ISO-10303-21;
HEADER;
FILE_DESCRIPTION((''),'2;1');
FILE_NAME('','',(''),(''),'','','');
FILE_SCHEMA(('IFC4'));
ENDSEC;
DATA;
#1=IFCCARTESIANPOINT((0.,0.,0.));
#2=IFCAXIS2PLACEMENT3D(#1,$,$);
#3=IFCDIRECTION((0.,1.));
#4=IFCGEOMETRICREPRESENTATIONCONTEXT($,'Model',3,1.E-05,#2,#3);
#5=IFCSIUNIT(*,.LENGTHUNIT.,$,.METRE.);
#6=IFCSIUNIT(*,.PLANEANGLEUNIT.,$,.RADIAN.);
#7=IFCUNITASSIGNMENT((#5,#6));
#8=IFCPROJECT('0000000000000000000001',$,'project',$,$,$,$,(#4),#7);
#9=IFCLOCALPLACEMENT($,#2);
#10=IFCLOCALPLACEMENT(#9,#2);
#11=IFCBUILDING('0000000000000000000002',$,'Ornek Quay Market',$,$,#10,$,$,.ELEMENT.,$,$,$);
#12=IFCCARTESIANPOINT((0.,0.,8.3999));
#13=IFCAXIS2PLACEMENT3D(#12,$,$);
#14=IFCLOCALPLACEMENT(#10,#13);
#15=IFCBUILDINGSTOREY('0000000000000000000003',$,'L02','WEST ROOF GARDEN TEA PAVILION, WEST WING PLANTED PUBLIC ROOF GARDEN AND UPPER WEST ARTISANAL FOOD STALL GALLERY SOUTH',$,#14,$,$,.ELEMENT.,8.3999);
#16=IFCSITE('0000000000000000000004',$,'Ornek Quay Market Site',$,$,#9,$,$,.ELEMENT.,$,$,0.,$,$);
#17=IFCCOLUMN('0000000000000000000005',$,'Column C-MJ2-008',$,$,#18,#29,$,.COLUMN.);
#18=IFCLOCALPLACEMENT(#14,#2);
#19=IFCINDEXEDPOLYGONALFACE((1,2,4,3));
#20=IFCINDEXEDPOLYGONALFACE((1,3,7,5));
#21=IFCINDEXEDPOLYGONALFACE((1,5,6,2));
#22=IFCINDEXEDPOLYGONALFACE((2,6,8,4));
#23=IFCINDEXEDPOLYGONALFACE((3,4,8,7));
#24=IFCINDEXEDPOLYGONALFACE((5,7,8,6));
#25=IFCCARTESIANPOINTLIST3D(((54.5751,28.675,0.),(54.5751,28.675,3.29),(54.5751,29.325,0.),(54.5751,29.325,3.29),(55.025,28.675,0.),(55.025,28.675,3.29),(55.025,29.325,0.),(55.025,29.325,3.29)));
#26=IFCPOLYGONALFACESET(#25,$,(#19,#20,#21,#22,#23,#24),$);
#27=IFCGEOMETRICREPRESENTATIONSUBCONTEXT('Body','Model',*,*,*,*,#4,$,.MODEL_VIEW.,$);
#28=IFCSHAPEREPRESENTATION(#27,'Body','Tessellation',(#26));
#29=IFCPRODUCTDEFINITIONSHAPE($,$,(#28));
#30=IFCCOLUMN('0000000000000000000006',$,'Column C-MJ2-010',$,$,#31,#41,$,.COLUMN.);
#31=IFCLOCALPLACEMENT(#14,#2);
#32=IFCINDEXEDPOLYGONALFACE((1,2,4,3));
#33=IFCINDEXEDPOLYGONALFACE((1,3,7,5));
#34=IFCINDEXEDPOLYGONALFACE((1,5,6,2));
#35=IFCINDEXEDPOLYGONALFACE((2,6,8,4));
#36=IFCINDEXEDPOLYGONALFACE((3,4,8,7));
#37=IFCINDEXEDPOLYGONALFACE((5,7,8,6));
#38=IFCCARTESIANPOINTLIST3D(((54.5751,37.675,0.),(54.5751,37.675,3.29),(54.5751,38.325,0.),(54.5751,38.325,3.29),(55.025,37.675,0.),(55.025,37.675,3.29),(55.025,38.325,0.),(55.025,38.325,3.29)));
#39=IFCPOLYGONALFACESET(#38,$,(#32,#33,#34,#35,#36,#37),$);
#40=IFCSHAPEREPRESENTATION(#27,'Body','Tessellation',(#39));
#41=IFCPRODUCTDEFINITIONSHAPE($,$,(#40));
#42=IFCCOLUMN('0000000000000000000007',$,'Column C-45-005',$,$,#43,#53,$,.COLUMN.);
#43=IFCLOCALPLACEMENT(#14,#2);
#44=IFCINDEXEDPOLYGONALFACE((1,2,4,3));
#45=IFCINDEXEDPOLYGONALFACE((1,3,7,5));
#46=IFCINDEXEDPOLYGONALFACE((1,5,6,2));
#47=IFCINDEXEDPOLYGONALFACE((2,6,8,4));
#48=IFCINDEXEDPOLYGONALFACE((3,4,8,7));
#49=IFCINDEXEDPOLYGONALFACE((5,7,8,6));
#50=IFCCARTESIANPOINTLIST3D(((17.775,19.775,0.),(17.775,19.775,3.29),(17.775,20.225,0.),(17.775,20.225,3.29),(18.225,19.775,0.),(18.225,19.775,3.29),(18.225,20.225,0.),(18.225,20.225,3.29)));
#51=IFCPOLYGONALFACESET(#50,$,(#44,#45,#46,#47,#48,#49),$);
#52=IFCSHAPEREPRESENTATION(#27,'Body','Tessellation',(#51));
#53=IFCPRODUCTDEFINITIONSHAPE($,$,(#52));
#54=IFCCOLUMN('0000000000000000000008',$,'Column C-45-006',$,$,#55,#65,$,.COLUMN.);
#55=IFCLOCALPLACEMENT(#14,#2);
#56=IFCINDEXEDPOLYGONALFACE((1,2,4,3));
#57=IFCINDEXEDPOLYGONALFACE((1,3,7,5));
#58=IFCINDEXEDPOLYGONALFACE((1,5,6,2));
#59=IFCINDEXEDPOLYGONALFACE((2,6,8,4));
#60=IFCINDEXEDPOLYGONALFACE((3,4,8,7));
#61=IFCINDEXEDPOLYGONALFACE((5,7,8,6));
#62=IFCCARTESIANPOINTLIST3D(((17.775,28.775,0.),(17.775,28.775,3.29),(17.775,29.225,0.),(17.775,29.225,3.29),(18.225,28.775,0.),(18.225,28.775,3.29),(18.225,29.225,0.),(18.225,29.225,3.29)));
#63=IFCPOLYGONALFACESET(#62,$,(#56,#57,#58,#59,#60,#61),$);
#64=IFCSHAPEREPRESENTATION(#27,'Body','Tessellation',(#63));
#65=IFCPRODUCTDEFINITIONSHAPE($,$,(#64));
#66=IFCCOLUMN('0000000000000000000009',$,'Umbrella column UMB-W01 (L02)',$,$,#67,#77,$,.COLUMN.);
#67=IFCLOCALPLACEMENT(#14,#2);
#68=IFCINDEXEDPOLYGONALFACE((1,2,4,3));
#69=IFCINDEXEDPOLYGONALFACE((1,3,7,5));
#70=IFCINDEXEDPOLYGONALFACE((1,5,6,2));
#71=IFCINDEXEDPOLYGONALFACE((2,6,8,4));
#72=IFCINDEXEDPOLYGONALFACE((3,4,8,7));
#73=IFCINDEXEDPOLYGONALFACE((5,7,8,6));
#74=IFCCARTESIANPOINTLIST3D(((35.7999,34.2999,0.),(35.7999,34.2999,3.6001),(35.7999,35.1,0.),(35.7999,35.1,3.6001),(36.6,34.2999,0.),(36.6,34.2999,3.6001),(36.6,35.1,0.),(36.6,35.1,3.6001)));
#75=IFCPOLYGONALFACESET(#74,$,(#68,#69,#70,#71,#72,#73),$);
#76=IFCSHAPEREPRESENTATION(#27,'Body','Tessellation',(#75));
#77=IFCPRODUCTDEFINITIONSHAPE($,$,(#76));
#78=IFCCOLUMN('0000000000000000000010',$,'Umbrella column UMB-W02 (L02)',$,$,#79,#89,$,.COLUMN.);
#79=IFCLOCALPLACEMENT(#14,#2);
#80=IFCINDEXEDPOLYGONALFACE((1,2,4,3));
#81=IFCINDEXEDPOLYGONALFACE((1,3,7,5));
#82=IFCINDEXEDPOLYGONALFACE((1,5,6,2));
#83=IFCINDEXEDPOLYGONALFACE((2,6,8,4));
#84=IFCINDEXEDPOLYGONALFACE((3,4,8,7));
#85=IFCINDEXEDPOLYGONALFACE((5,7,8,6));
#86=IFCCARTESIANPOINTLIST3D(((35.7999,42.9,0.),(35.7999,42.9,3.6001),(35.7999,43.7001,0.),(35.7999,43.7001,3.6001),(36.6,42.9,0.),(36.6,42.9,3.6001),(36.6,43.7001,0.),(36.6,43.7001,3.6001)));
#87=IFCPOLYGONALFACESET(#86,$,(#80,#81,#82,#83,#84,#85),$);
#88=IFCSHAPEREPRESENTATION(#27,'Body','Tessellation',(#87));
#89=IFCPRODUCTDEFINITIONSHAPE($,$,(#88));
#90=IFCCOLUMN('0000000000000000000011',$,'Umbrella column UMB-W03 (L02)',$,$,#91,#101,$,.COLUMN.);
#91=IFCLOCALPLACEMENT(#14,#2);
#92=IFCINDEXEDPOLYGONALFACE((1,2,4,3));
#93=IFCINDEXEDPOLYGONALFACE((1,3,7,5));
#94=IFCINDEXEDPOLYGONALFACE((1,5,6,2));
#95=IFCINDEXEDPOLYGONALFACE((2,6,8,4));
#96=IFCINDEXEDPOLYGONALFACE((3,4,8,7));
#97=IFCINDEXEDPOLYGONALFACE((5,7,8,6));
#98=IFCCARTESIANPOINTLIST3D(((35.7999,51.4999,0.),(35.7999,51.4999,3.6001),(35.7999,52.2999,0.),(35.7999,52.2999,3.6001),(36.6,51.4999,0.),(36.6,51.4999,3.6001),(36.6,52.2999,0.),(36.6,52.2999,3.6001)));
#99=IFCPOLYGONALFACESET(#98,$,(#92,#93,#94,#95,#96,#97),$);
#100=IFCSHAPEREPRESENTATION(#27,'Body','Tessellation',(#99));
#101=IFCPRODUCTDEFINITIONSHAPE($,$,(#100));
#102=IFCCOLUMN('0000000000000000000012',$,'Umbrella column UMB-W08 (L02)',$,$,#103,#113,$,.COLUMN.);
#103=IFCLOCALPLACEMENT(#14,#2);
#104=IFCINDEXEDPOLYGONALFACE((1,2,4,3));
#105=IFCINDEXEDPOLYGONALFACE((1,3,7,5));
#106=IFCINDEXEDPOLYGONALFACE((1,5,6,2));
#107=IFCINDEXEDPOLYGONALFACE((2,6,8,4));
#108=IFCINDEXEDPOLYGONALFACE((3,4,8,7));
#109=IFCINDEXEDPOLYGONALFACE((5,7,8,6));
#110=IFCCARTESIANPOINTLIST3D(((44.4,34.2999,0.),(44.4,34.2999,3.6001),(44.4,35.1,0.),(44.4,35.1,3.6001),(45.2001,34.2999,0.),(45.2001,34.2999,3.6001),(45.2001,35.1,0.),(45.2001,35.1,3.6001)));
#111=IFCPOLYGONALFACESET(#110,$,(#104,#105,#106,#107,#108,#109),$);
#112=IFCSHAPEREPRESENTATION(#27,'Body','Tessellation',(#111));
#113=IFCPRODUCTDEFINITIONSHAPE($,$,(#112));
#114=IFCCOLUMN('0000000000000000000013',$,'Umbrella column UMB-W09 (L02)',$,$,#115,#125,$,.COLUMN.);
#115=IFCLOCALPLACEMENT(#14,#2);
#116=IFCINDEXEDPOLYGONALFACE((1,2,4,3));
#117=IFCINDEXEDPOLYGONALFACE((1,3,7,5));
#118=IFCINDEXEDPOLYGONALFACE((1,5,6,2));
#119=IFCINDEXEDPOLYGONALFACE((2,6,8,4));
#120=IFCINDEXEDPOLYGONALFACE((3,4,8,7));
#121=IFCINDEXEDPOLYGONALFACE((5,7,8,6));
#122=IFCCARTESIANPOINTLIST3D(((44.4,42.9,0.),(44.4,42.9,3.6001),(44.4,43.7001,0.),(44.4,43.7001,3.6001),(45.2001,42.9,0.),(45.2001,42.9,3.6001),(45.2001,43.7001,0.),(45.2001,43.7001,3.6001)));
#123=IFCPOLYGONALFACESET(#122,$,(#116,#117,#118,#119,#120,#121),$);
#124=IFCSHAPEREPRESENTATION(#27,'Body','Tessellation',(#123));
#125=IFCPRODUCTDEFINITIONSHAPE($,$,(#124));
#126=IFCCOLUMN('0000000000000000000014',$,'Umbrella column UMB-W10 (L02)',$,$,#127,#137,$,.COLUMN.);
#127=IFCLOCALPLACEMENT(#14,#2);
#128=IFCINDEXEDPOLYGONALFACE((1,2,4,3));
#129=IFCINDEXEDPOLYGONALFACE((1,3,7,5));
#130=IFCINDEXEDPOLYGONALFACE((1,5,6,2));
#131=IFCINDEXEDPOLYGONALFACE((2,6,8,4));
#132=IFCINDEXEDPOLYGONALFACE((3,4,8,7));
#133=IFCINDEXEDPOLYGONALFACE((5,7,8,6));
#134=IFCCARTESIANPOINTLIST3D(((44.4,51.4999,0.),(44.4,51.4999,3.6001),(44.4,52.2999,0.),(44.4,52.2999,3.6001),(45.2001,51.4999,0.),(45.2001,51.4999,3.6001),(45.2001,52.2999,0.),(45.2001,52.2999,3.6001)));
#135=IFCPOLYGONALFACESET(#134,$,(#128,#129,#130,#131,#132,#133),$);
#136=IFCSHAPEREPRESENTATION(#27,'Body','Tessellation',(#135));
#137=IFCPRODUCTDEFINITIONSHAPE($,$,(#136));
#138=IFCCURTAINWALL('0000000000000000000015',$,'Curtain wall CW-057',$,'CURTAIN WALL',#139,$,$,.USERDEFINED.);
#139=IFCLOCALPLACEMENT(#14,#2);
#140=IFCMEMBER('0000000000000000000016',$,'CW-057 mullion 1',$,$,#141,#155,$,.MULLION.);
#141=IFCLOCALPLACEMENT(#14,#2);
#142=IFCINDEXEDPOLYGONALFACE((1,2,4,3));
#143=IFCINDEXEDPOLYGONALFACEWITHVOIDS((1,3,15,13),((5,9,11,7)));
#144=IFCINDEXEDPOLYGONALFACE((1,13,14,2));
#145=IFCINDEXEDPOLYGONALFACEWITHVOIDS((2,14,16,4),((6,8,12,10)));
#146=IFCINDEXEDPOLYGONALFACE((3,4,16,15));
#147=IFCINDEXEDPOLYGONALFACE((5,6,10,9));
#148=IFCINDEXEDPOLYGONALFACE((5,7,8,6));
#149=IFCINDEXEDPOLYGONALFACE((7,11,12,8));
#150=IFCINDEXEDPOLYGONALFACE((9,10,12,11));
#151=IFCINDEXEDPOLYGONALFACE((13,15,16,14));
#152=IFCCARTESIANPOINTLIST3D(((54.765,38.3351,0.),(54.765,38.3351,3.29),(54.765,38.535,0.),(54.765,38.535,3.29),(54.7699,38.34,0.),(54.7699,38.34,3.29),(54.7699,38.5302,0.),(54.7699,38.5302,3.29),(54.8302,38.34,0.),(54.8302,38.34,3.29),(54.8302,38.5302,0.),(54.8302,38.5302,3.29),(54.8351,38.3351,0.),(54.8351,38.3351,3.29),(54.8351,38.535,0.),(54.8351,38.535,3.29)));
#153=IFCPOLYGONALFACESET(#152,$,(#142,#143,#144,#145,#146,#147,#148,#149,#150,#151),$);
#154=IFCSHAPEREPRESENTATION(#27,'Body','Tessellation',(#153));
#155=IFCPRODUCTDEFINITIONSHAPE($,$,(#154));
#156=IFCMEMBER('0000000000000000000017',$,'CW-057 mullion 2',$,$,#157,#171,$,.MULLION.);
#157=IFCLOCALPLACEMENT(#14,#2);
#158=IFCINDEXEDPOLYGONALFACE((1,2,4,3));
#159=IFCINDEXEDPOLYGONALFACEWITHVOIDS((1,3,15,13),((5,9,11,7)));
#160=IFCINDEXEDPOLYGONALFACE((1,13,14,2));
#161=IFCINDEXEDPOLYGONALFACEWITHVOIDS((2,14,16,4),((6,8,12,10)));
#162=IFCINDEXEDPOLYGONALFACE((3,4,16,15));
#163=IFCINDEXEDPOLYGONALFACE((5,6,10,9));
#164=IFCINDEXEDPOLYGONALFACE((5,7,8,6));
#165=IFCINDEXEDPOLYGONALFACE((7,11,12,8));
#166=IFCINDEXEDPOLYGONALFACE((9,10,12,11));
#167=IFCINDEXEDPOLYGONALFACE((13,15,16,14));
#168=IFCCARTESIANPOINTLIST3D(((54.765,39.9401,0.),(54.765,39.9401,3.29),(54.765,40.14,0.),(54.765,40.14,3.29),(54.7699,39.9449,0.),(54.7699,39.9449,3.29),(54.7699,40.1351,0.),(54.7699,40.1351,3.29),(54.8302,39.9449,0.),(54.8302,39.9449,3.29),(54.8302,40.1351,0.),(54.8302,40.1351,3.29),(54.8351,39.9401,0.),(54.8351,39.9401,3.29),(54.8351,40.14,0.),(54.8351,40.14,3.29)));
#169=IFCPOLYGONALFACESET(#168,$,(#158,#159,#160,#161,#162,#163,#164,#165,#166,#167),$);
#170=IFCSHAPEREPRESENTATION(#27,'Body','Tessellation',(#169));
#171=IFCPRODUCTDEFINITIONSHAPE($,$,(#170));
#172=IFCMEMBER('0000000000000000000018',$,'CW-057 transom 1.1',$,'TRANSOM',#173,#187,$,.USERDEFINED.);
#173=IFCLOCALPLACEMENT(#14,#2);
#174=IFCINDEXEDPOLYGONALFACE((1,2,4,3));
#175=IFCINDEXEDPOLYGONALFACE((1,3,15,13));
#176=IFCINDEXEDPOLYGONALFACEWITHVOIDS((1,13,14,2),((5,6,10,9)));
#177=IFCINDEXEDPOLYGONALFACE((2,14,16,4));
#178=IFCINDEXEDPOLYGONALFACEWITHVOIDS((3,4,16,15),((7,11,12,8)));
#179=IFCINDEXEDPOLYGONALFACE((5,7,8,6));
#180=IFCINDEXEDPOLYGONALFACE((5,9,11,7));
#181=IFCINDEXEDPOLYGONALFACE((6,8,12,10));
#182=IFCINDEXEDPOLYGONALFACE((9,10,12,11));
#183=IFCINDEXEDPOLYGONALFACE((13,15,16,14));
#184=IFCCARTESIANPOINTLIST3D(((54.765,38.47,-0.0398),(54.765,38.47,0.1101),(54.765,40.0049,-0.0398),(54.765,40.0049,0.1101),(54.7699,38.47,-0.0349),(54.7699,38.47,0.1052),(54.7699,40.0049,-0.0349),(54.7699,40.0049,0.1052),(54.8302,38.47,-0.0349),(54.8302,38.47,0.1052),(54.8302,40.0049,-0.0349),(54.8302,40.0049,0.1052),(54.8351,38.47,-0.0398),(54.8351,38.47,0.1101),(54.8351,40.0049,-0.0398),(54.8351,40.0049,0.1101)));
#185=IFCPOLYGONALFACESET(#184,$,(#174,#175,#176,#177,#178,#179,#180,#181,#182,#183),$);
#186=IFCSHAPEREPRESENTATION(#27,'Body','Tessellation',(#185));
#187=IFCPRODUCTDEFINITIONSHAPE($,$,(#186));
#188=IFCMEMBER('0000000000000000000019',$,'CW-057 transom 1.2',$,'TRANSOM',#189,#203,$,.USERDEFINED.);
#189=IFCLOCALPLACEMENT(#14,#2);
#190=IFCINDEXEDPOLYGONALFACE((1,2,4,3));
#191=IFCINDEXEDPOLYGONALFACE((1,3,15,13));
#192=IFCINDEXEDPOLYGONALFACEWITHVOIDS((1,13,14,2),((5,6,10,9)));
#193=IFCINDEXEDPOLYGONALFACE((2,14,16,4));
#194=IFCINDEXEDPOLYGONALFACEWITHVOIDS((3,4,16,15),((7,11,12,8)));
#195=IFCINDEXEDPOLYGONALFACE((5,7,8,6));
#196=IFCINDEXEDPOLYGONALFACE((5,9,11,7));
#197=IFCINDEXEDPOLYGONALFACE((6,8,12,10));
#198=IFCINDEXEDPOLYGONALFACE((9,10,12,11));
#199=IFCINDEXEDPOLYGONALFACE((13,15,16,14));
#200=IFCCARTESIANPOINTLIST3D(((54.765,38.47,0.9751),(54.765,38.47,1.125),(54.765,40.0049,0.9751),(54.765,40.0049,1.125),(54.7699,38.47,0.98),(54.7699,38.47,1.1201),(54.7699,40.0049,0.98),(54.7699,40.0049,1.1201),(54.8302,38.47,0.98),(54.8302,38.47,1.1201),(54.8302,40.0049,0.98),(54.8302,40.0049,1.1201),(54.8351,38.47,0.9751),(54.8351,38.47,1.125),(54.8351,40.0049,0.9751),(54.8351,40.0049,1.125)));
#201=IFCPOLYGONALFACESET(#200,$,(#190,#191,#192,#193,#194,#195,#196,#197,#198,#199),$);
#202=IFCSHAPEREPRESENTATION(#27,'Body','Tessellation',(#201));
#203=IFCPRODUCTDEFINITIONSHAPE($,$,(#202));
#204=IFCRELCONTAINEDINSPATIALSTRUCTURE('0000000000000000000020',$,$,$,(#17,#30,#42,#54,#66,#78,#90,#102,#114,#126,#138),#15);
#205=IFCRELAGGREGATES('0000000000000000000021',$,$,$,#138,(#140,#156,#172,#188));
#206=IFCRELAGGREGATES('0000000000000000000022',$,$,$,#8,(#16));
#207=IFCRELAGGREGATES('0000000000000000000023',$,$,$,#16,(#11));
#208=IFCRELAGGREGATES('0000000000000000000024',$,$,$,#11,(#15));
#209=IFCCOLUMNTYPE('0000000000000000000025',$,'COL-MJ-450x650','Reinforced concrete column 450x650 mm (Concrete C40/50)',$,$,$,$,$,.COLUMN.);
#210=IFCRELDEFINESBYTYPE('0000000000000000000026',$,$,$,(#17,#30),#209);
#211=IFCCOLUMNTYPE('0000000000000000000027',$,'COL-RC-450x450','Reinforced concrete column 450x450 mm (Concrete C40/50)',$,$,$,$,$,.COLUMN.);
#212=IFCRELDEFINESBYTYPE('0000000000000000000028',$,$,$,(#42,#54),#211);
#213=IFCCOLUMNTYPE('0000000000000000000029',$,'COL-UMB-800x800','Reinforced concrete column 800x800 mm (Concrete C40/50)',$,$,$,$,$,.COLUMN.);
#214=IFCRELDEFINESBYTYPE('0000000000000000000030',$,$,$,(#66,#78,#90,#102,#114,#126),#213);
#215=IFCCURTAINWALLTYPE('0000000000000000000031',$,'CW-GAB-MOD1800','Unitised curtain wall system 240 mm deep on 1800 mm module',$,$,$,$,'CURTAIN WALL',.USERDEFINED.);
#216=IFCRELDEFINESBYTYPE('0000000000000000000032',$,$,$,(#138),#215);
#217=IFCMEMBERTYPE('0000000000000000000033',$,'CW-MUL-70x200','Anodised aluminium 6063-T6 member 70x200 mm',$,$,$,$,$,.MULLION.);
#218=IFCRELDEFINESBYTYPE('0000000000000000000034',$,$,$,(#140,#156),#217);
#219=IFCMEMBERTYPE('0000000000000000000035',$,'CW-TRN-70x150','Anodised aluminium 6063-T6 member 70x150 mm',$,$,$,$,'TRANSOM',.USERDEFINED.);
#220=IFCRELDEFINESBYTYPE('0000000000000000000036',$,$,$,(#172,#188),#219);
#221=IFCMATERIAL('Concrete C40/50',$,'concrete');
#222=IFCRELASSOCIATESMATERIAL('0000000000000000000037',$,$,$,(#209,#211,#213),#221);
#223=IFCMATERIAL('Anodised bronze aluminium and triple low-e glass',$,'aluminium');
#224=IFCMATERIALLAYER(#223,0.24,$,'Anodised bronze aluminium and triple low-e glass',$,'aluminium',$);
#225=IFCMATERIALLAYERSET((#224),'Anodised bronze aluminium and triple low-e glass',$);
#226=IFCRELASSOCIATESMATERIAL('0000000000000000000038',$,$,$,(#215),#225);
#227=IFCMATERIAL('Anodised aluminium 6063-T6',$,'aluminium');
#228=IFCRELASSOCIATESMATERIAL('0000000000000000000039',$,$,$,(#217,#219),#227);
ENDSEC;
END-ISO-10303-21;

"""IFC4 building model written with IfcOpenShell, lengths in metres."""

from ifc_helpers import new_model, si_unit, direction, frame, origin, origin_2d, place, context, subcontext, project, spatial, rectangle, hollow_rectangle, extrude, material, layer, layer_set, material_profile, profile_set, type_object, element, aggregate, save


model = new_model("IFC4")

# Units and contexts
model_context = context("Model", 3, precision=1e-05, world=origin(), true_north=direction((0.0, 1.0)))
body_context = subcontext(model_context, "Body", "Model", "MODEL_VIEW")
ifc_project = project(units=[si_unit("LENGTHUNIT", "METRE"), si_unit("PLANEANGLEUNIT", "RADIAN")], contexts=[model_context])

# Site, building, storey
site_placement = place(None, origin())
site = spatial("IfcSite", under=ifc_project, at=site_placement, Name="Ornek Quay Market Site", CompositionType="ELEMENT", RefElevation=0.0)
building_placement = place(site_placement, origin())
building = spatial("IfcBuilding", under=site, at=building_placement, Name="Ornek Quay Market", CompositionType="ELEMENT")
storey_placement = place(building_placement, frame((0.0, 0.0, 8.3999)))
storey = spatial("IfcBuildingStorey", under=building, at=storey_placement, Name="L02", Description="WEST ROOF GARDEN TEA PAVILION, WEST WING PLANTED PUBLIC ROOF GARDEN AND UPPER WEST ARTISANAL FOOD STALL GALLERY SOUTH", CompositionType="ELEMENT", Elevation=8.3999)

# Columns
ifc_material_1 = material(Name="Concrete C40/50", Category="concrete")
ifc_material_profile_1 = material_profile(ifc_material_1, rectangle(XDim=0.45, YDim=0.6499, at=origin_2d()), Name="RC 450x650", Category="concrete")
ifc_profile_set_1 = profile_set([ifc_material_profile_1], Name="Concrete C40/50")
column_type_1 = type_object("IfcColumnType", Name="COL-MJ-450x650", Description="Reinforced concrete column 450x650 mm (Concrete C40/50)", PredefinedType="COLUMN", material=ifc_profile_set_1)
for number, where, z_axis, x_axis, name in (
    (1, (54.8, 29.0, 0.0), (0.0, 0.0, 1.0), (1.0, 0.0, 0.0), "Column C-MJ2-008"),
    (2, (54.8, 38.0, 0.0), (0.0, 0.0, 1.0), (1.0, 0.0, 0.0), "Column C-MJ2-010"),
):
    element("IfcColumn", number, at=place(storey_placement, frame(where, z_axis=z_axis, x_axis=x_axis)), inside=storey, type_object=column_type_1, Name=name, PredefinedType="COLUMN", context=body_context, shape_type="SweptSolid", body=[
        extrude(rectangle(XDim=0.45, YDim=0.6499, at=origin_2d()), origin(), (0.0, 0.0, 1.0), 3.29),
    ])
ifc_material_profile_2 = material_profile(ifc_material_1, rectangle(XDim=0.45, YDim=0.45, at=origin_2d()), Name="RC 450x450", Category="concrete")
ifc_profile_set_2 = profile_set([ifc_material_profile_2], Name="Concrete C40/50")
column_type_2 = type_object("IfcColumnType", Name="COL-RC-450x450", Description="Reinforced concrete column 450x450 mm (Concrete C40/50)", PredefinedType="COLUMN", material=ifc_profile_set_2)
for number, where, z_axis, x_axis, name in (
    (3, (18.0, 20.0, 0.0), (0.0, 0.0, 1.0), (1.0, 0.0, 0.0), "Column C-45-005"),
    (4, (18.0, 29.0, 0.0), (0.0, 0.0, 1.0), (1.0, 0.0, 0.0), "Column C-45-006"),
):
    element("IfcColumn", number, at=place(storey_placement, frame(where, z_axis=z_axis, x_axis=x_axis)), inside=storey, type_object=column_type_2, Name=name, PredefinedType="COLUMN", context=body_context, shape_type="SweptSolid", body=[
        extrude(rectangle(XDim=0.45, YDim=0.45, at=origin_2d()), origin(), (0.0, 0.0, 1.0), 3.29),
    ])
ifc_material_profile_3 = material_profile(ifc_material_1, rectangle(XDim=0.8, YDim=0.8, at=origin_2d()), Name="RC 800x800", Category="concrete")
ifc_profile_set_3 = profile_set([ifc_material_profile_3], Name="Concrete C40/50")
column_type_3 = type_object("IfcColumnType", Name="COL-UMB-800x800", Description="Reinforced concrete column 800x800 mm (Concrete C40/50)", PredefinedType="COLUMN", material=ifc_profile_set_3)
for number, where, z_axis, x_axis, name in (
    (5, (36.2, 34.7, 0.0), (0.0, 0.0, 1.0), (1.0, 0.0, 0.0), "Umbrella column UMB-W01 (L02)"),
    (6, (36.2, 43.3, 0.0), (0.0, 0.0, 1.0), (1.0, 0.0, 0.0), "Umbrella column UMB-W02 (L02)"),
    (7, (36.2, 51.8999, 0.0), (0.0, 0.0, 1.0), (1.0, 0.0, 0.0), "Umbrella column UMB-W03 (L02)"),
    (8, (44.8, 34.7, 0.0), (0.0, 0.0, 1.0), (1.0, 0.0, 0.0), "Umbrella column UMB-W08 (L02)"),
    (9, (44.8, 43.3, 0.0), (0.0, 0.0, 1.0), (1.0, 0.0, 0.0), "Umbrella column UMB-W09 (L02)"),
    (10, (44.8, 51.8999, 0.0), (0.0, 0.0, 1.0), (1.0, 0.0, 0.0), "Umbrella column UMB-W10 (L02)"),
):
    element("IfcColumn", number, at=place(storey_placement, frame(where, z_axis=z_axis, x_axis=x_axis)), inside=storey, type_object=column_type_3, Name=name, PredefinedType="COLUMN", context=body_context, shape_type="SweptSolid", body=[
        extrude(rectangle(XDim=0.8, YDim=0.8, at=origin_2d()), origin(), (0.0, 0.0, 1.0), 3.6001),
    ])

# Curtain wall, members
ifc_material_2 = material(Name="Anodised bronze aluminium and triple low-e glass", Category="aluminium")
ifc_layer_1 = layer(ifc_material_2, 0.24, Name="Anodised bronze aluminium and triple low-e glass", Category="aluminium")
ifc_layer_set_1 = layer_set([ifc_layer_1], Name="Anodised bronze aluminium and triple low-e glass")
curtain_wall_type = type_object("IfcCurtainWallType", Name="CW-GAB-MOD1800", Description="Unitised curtain wall system 240 mm deep on 1800 mm module", ElementType="CURTAIN WALL", PredefinedType="USERDEFINED", material=ifc_layer_set_1)
curtain_wall_placement = place(storey_placement, origin())
curtain_wall = element("IfcCurtainWall", 11, at=curtain_wall_placement, inside=storey, type_object=curtain_wall_type, Name="Curtain wall CW-057", ObjectType="CURTAIN WALL", PredefinedType="USERDEFINED")
ifc_material_3 = material(Name="Anodised aluminium 6063-T6", Category="aluminium")
ifc_material_profile_4 = material_profile(ifc_material_3, hollow_rectangle(XDim=0.0701, YDim=0.2, WallThickness=0.0049, at=origin_2d()), Name="CW-MUL-70x200", Category="aluminium")
ifc_profile_set_4 = profile_set([ifc_material_profile_4], Name="Anodised aluminium 6063-T6")
member_type_1 = type_object("IfcMemberType", Name="CW-MUL-70x200", Description="Anodised aluminium 6063-T6 member 70x200 mm", PredefinedType="MULLION", material=ifc_profile_set_4)
member_1_placement = place(storey_placement, frame((54.8, 38.4351, 0.0), z_axis=(0.0, 0.0, 1.0), x_axis=(-1.0, 0.0, 0.0)))
member_1 = element("IfcMember", 12, at=member_1_placement, type_object=member_type_1, Name="CW-057 mullion 1", PredefinedType="MULLION", context=body_context, shape_type="SweptSolid", body=[
    extrude(hollow_rectangle(XDim=0.0701, YDim=0.2, WallThickness=0.0049, at=origin_2d()), origin(), (0.0, 0.0, 1.0), 3.29),
])
member_2_placement = place(storey_placement, frame((54.8, 40.04, 0.0), z_axis=(0.0, 0.0, 1.0), x_axis=(-1.0, 0.0, 0.0)))
member_2 = element("IfcMember", 13, at=member_2_placement, type_object=member_type_1, Name="CW-057 mullion 2", PredefinedType="MULLION", context=body_context, shape_type="SweptSolid", body=[
    extrude(hollow_rectangle(XDim=0.0701, YDim=0.2, WallThickness=0.0049, at=origin_2d()), origin(), (0.0, 0.0, 1.0), 3.29),
])
ifc_material_profile_5 = material_profile(ifc_material_3, hollow_rectangle(XDim=0.0701, YDim=0.1499, WallThickness=0.0049, at=origin_2d()), Name="CW-TRN-70x150", Category="aluminium")
ifc_profile_set_5 = profile_set([ifc_material_profile_5], Name="Anodised aluminium 6063-T6")
member_type_2 = type_object("IfcMemberType", Name="CW-TRN-70x150", Description="Anodised aluminium 6063-T6 member 70x150 mm", ElementType="TRANSOM", PredefinedType="USERDEFINED", material=ifc_profile_set_5)
member_3_placement = place(storey_placement, frame((54.8, 38.47, 0.0352), z_axis=(0.0, 1.0, 0.0), x_axis=(-1.0, 0.0, 0.0)))
member_3 = element("IfcMember", 14, at=member_3_placement, type_object=member_type_2, Name="CW-057 transom 1.1", ObjectType="TRANSOM", PredefinedType="USERDEFINED", context=body_context, shape_type="SweptSolid", body=[
    extrude(hollow_rectangle(XDim=0.0701, YDim=0.1499, WallThickness=0.0049, at=origin_2d()), origin(), (0.0, 0.0, 1.0), 1.5349),
])
member_4_placement = place(storey_placement, frame((54.8, 38.47, 1.05), z_axis=(0.0, 1.0, 0.0), x_axis=(-1.0, 0.0, 0.0)))
member_4 = element("IfcMember", 15, at=member_4_placement, type_object=member_type_2, Name="CW-057 transom 1.2", ObjectType="TRANSOM", PredefinedType="USERDEFINED", context=body_context, shape_type="SweptSolid", body=[
    extrude(hollow_rectangle(XDim=0.0701, YDim=0.1499, WallThickness=0.0049, at=origin_2d()), origin(), (0.0, 0.0, 1.0), 1.5349),
])
aggregate(curtain_wall, [member_1, member_2, member_3, member_4])

save(model, "model.ifc")
